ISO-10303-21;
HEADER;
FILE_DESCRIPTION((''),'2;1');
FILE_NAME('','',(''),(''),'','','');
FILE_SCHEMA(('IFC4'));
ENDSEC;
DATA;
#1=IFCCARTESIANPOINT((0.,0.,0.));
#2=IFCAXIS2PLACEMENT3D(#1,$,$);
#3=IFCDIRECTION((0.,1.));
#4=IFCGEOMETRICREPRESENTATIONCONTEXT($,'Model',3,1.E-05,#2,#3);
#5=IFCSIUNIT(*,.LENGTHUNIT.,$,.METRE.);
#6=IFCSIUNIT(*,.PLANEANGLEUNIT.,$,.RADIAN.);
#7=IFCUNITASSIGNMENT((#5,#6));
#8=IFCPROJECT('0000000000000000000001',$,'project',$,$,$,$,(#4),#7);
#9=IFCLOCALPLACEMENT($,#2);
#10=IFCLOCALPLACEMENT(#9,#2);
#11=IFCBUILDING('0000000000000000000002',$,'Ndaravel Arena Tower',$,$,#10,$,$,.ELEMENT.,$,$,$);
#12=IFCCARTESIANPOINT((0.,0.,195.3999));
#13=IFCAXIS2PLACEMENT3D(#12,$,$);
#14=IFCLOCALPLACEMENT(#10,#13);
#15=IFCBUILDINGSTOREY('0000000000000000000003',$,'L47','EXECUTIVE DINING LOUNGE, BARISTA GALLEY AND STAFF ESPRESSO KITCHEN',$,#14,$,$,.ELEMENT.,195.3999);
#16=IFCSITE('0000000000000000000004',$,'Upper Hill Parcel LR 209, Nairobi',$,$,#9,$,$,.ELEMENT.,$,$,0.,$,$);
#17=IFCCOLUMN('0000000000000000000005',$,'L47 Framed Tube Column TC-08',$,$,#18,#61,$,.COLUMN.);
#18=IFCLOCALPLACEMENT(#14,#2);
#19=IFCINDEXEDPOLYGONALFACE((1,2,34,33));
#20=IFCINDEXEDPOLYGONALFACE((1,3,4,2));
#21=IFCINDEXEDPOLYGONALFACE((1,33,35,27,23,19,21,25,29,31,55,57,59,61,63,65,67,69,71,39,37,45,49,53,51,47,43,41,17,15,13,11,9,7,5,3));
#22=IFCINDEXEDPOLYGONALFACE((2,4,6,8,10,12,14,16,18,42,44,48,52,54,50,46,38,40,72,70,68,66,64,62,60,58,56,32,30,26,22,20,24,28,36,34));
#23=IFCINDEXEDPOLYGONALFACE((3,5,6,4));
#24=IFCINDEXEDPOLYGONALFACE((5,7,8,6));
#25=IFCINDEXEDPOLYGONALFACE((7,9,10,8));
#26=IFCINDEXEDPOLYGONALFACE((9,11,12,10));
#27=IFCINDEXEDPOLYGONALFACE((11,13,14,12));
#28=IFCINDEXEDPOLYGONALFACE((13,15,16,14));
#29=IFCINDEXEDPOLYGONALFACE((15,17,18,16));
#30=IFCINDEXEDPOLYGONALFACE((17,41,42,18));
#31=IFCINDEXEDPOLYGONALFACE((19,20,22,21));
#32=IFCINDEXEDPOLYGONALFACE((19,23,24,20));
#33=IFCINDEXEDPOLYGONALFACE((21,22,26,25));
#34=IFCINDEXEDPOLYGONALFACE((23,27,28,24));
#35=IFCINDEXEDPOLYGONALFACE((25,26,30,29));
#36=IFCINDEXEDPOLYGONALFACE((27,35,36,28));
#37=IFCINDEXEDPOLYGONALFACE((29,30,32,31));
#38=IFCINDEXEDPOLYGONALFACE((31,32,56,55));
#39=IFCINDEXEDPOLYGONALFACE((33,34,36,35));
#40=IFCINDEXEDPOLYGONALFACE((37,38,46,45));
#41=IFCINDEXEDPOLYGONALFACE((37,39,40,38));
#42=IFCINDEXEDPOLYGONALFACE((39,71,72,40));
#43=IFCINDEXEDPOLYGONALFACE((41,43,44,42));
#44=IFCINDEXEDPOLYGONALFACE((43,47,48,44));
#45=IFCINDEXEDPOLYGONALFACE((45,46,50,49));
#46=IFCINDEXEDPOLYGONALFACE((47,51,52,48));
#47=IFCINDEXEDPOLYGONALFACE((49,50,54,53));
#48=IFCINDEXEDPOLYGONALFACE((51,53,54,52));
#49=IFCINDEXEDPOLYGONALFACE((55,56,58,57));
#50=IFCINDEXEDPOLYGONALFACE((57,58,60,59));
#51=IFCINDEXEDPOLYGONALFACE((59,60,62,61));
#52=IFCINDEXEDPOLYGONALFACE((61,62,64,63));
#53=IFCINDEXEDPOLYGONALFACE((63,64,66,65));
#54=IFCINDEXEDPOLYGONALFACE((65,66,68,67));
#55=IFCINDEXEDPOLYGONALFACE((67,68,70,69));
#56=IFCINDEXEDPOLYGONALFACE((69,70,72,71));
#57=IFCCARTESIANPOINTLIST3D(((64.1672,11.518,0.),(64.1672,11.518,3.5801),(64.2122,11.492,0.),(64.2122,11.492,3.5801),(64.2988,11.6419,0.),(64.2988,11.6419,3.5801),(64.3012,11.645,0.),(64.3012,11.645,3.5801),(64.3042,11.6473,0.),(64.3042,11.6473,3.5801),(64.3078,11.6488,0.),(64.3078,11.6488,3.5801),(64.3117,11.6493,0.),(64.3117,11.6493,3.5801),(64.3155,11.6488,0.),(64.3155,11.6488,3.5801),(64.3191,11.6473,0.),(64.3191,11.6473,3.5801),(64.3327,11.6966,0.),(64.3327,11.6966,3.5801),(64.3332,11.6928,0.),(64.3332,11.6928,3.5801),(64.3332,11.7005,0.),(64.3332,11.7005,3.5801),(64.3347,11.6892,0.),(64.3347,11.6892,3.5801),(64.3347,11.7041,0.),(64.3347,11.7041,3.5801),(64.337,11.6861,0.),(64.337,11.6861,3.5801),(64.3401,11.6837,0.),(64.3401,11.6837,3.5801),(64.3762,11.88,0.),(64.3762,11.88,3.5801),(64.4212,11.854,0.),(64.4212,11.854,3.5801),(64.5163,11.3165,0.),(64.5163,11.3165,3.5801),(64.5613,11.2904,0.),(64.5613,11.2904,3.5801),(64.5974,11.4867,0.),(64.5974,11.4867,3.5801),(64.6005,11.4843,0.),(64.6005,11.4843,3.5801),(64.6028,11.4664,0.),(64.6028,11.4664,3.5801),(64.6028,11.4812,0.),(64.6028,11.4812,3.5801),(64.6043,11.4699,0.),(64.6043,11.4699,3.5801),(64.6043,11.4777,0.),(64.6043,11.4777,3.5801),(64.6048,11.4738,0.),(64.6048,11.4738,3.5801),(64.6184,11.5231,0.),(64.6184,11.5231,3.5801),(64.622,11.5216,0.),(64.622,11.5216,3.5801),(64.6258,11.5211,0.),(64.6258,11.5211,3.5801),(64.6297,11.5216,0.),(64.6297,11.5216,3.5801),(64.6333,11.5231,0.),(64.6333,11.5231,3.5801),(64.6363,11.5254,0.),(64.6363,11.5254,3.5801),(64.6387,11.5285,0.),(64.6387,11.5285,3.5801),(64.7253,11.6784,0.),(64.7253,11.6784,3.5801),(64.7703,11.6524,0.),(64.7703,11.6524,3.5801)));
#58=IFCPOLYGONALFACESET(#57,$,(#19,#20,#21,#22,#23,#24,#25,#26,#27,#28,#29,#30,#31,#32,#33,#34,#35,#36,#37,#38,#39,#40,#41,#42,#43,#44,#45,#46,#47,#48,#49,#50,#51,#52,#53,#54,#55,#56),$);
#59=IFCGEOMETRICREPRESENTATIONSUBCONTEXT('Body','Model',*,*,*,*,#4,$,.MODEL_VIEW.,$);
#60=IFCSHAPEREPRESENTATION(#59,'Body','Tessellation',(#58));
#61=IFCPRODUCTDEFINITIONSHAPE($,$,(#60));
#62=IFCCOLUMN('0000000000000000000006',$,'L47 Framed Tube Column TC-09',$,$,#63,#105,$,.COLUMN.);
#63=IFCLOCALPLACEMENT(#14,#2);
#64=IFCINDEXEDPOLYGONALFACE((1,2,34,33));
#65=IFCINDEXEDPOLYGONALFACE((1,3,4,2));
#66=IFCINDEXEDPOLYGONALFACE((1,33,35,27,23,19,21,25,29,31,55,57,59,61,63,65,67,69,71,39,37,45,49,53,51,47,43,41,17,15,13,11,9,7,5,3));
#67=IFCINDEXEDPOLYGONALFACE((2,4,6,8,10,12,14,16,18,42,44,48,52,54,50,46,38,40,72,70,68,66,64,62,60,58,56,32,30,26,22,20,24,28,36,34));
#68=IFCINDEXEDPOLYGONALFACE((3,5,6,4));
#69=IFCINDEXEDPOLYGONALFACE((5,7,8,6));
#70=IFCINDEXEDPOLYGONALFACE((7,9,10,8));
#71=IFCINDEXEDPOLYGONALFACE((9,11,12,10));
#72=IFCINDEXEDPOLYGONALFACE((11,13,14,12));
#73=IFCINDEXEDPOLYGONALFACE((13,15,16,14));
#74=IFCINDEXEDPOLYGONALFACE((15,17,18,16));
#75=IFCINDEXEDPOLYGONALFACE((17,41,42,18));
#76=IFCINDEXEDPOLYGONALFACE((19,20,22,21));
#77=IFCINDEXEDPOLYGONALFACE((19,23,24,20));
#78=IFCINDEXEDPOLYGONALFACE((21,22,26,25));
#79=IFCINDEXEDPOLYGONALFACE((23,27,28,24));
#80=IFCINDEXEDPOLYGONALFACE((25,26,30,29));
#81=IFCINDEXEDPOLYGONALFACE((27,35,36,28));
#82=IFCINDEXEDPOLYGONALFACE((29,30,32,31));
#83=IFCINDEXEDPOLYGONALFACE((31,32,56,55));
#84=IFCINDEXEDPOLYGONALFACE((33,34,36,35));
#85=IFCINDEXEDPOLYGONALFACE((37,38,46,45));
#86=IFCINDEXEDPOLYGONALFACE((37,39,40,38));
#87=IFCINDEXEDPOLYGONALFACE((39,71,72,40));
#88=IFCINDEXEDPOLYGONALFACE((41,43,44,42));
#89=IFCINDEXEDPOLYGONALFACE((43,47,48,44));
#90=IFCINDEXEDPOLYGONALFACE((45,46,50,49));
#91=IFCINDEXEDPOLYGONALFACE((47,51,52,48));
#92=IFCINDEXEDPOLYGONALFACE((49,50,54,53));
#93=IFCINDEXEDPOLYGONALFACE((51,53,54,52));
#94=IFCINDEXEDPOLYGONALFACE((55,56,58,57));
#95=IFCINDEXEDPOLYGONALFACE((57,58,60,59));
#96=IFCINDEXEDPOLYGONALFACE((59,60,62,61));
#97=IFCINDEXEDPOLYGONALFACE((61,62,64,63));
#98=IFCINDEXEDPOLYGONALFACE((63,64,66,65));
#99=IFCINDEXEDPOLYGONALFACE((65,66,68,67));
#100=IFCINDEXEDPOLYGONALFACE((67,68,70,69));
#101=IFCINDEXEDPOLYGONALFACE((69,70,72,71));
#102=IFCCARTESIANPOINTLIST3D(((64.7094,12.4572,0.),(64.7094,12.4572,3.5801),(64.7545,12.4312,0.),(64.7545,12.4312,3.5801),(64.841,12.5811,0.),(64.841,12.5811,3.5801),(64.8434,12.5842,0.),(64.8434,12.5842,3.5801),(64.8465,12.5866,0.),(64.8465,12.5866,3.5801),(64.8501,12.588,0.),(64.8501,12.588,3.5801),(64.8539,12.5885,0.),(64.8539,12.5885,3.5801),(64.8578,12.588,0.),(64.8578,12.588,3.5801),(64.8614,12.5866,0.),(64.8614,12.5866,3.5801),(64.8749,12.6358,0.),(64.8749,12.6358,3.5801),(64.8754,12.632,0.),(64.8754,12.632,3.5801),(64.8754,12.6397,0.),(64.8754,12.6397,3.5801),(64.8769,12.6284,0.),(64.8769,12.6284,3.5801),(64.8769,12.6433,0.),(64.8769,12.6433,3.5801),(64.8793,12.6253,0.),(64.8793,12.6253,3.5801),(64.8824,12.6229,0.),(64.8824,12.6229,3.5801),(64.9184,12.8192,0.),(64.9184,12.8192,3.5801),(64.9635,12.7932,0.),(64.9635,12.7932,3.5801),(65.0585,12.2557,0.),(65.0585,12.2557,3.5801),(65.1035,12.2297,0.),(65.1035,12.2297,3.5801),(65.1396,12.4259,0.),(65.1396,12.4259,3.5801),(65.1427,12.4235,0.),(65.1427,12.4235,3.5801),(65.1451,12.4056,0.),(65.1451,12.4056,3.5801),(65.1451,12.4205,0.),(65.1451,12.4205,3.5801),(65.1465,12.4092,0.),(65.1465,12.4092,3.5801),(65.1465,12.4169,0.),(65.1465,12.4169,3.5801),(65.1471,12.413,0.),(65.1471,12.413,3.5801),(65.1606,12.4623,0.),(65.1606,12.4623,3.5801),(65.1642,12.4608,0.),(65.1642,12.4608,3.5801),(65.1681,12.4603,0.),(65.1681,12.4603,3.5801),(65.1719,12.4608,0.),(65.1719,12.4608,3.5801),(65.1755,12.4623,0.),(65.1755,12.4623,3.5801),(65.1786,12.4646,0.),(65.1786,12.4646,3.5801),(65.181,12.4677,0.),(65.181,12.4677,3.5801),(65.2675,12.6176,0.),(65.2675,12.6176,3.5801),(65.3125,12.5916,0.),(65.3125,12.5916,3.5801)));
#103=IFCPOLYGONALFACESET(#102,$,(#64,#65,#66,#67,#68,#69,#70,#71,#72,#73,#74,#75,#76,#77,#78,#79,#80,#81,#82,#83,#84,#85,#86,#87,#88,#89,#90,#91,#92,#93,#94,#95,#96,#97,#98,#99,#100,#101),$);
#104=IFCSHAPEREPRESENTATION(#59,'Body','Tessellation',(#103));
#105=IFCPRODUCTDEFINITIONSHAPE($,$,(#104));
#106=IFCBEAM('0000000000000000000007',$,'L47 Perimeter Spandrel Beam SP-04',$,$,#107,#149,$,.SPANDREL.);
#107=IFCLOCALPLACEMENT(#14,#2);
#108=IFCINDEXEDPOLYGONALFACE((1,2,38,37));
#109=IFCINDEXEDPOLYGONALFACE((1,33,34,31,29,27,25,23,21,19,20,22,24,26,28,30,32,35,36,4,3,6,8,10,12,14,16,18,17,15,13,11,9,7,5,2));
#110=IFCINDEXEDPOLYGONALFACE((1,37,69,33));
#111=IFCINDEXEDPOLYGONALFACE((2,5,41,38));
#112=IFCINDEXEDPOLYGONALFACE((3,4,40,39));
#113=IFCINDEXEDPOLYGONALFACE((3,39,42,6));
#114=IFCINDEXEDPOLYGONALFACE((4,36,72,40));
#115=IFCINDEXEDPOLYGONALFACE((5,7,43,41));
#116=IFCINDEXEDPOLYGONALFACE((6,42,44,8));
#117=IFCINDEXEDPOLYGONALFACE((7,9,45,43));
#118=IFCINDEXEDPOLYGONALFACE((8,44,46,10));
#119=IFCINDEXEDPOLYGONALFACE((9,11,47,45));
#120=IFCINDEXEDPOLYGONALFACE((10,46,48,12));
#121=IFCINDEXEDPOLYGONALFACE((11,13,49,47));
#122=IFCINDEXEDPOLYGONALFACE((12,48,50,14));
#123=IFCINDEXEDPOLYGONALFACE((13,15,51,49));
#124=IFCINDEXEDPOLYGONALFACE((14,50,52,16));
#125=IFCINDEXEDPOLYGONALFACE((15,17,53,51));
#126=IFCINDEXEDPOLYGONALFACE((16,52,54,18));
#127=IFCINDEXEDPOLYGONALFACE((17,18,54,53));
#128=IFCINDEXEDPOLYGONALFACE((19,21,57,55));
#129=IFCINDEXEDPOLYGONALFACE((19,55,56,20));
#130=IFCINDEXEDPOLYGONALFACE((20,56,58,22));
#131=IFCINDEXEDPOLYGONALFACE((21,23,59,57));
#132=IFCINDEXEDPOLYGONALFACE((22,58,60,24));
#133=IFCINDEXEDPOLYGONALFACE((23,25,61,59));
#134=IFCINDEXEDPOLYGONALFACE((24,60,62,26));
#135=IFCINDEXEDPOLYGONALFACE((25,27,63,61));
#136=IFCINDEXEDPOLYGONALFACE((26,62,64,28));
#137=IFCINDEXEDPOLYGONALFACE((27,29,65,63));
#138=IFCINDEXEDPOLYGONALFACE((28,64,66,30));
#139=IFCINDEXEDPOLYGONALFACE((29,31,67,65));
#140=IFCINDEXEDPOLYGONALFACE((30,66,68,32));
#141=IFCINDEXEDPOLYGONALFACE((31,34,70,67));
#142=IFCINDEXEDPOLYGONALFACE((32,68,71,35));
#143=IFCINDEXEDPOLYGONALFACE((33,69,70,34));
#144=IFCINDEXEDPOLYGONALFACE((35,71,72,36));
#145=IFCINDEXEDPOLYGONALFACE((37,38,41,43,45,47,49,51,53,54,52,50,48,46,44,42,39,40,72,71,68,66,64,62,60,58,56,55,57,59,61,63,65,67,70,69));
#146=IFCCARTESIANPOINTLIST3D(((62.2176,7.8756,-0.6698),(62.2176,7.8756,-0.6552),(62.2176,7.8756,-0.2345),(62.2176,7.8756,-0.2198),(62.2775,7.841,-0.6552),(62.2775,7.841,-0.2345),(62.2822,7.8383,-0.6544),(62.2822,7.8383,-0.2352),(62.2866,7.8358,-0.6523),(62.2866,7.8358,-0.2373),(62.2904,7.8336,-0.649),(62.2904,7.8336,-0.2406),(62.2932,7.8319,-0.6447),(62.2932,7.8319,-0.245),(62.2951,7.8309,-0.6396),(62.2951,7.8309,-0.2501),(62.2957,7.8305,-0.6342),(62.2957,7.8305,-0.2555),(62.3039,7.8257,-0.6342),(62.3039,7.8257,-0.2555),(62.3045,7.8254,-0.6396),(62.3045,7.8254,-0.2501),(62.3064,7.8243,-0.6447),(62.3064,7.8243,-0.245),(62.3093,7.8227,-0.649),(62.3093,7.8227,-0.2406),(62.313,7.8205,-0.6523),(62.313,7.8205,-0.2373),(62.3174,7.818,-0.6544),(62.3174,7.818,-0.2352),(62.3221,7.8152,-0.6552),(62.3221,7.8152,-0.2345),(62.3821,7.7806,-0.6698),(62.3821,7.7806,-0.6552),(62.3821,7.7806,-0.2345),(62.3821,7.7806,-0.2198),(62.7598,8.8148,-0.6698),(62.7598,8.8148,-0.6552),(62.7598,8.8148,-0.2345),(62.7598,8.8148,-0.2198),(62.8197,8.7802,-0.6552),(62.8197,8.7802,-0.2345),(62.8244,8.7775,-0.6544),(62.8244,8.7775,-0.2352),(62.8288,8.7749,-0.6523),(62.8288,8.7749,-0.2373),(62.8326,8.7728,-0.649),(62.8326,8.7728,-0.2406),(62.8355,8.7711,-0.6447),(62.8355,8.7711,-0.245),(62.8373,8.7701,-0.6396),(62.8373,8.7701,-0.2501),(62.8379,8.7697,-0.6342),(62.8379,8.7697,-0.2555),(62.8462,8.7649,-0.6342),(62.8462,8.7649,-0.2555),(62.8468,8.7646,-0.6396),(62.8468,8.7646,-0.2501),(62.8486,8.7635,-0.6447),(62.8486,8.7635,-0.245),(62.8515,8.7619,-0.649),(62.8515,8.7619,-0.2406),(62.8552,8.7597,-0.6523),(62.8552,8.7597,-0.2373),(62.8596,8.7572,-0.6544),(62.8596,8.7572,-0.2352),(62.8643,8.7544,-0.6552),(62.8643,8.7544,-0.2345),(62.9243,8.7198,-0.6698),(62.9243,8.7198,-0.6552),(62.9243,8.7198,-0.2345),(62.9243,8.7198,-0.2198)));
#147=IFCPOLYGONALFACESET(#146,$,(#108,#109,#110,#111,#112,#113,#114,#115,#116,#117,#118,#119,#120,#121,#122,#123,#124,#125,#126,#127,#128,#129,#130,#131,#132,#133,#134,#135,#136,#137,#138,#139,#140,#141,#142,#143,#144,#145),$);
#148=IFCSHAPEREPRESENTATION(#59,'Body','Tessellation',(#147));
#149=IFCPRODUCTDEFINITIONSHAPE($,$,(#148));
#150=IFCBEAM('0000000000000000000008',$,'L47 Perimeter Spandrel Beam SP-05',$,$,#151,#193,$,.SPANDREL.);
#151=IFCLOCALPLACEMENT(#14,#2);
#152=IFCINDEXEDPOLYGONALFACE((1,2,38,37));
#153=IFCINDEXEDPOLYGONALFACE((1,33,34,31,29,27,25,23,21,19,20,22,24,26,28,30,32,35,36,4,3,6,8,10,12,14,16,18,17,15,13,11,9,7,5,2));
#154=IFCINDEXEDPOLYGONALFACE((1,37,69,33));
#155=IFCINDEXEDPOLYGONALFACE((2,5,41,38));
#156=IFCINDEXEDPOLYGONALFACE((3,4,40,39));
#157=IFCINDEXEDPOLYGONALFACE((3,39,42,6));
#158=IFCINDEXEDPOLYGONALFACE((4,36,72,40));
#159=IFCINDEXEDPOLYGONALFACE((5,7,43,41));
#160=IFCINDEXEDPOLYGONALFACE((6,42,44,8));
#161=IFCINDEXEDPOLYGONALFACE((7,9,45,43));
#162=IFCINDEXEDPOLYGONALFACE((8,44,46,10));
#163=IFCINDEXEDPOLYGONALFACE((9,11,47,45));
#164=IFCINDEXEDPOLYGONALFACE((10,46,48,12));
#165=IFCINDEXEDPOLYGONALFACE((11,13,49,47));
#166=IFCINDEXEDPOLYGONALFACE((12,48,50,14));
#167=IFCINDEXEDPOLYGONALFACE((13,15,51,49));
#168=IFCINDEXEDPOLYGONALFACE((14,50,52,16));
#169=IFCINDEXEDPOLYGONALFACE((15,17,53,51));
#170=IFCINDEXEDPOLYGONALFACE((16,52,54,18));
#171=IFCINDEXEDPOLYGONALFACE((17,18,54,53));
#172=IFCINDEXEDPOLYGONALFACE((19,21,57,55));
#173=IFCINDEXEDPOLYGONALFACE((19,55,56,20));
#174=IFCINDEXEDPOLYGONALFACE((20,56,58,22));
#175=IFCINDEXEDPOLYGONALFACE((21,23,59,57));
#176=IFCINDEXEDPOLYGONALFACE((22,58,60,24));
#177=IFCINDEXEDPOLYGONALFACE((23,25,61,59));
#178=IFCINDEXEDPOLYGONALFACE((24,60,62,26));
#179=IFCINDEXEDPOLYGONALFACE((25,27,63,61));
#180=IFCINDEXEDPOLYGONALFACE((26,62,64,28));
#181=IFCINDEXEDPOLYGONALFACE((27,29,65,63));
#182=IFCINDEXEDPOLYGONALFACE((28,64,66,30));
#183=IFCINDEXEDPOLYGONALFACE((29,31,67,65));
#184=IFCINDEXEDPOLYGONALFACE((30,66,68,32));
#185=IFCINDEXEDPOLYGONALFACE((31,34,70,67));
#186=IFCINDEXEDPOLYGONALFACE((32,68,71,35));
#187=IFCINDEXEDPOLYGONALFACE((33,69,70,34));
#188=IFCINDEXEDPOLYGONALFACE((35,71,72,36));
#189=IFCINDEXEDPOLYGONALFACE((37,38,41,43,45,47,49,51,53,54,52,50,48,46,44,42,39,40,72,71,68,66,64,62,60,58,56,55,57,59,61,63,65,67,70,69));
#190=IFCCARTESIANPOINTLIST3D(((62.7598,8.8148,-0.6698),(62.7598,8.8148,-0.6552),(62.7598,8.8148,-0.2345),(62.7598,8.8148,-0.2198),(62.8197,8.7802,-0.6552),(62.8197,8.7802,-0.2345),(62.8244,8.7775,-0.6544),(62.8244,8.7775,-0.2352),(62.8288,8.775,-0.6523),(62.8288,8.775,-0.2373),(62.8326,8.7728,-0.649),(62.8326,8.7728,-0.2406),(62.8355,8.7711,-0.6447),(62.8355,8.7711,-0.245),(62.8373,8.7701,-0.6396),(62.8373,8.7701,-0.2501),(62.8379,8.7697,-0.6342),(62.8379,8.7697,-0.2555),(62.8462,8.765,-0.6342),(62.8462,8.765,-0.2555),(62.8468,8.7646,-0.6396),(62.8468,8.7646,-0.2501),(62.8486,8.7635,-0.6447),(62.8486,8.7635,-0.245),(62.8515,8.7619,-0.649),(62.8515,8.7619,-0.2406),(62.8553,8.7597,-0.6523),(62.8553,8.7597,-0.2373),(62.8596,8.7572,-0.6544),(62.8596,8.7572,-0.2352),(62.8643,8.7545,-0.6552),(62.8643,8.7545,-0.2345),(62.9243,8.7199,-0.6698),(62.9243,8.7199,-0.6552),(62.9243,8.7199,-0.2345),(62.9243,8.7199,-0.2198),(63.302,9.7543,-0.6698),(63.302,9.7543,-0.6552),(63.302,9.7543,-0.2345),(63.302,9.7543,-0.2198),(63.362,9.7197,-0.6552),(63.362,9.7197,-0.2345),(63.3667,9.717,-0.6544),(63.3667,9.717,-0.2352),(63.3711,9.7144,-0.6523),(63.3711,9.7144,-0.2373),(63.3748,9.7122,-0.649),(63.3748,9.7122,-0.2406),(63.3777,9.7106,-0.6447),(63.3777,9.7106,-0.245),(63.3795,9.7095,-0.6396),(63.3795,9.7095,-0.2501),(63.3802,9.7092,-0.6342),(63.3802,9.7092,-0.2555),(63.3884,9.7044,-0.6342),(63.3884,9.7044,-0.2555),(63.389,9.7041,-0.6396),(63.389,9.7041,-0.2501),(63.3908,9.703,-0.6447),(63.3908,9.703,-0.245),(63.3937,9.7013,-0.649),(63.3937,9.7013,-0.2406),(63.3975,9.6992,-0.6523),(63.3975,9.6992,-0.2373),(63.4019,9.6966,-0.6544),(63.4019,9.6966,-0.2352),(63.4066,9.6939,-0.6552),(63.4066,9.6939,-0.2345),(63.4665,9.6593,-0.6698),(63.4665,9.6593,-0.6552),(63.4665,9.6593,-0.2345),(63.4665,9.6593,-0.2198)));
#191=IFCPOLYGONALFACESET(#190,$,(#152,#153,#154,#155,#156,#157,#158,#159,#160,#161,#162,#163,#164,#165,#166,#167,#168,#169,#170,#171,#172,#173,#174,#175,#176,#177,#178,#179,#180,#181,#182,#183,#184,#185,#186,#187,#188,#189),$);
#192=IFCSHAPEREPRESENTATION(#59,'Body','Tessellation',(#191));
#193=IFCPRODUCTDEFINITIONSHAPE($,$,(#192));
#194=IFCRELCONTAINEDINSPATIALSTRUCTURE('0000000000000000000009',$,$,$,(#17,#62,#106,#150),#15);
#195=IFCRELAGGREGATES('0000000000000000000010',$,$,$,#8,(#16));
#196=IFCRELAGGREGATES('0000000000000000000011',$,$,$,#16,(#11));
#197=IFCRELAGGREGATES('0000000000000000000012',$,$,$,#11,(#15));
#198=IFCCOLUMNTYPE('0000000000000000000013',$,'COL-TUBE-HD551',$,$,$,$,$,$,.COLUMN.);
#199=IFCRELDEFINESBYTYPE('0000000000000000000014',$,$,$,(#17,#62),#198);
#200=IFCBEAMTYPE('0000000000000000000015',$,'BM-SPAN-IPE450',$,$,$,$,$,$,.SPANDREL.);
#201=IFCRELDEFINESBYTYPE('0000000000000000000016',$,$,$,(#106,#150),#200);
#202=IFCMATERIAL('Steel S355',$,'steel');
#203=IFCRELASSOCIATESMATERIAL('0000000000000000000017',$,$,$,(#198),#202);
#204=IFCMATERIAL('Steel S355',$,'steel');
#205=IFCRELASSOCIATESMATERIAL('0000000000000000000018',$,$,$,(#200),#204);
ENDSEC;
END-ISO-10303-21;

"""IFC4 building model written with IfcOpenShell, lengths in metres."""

from ifc_helpers import new_model, si_unit, direction, frame, origin, origin_2d, place, context, subcontext, project, spatial, i_section, extrude, material, material_profile, profile_set, type_object, element, save


model = new_model("IFC4")

# Units and contexts
model_context = context("Model", 3, precision=1e-05, world=origin(), true_north=direction((0.0, 1.0)))
body_context = subcontext(model_context, "Body", "Model", "MODEL_VIEW")
ifc_project = project(units=[si_unit("LENGTHUNIT", "METRE"), si_unit("PLANEANGLEUNIT", "RADIAN")], contexts=[model_context])

# Site, building, storey
site_placement = place(None, origin())
site = spatial("IfcSite", under=ifc_project, at=site_placement, Name="Upper Hill Parcel LR 209, Nairobi", CompositionType="ELEMENT", RefElevation=0.0)
building_placement = place(site_placement, origin())
building = spatial("IfcBuilding", under=site, at=building_placement, Name="Ndaravel Arena Tower", CompositionType="ELEMENT")
storey_placement = place(building_placement, frame((0.0, 0.0, 195.3999)))
storey = spatial("IfcBuildingStorey", under=building, at=storey_placement, Name="L47", Description="EXECUTIVE DINING LOUNGE, BARISTA GALLEY AND STAFF ESPRESSO KITCHEN", CompositionType="ELEMENT", Elevation=195.3999)

# Columns
ifc_material_1 = material(Name="Steel S355", Category="steel")
ifc_material_profile_1 = material_profile(ifc_material_1, i_section(OverallWidth=0.418, OverallDepth=0.4551, WebThickness=0.042, FlangeThickness=0.052, FilletRadius=0.0149, at=origin_2d()), Name="HD 400x551")
ifc_profile_set_1 = profile_set([ifc_material_profile_1], Name="Steel S355")
column_type = type_object("IfcColumnType", Name="COL-TUBE-HD551", PredefinedType="COLUMN", material=ifc_profile_set_1)
for number, where, z_axis, x_axis, name in (
    (1, (64.4688, 11.5852, 0.0), (0.0, 0.0, 1.0), (0.5, 0.866025, 0.0), "L47 Framed Tube Column TC-08"),
    (2, (65.011, 12.5244, 0.0), (0.0, 0.0, 1.0), (0.5, 0.866025, 0.0), "L47 Framed Tube Column TC-09"),
):
    element("IfcColumn", number, at=place(storey_placement, frame(where, z_axis=z_axis, x_axis=x_axis)), inside=storey, type_object=column_type, Name=name, PredefinedType="COLUMN", context=body_context, shape_type="SweptSolid", body=[
        extrude(i_section(OverallWidth=0.418, OverallDepth=0.4551, WebThickness=0.042, FlangeThickness=0.052, FilletRadius=0.0149, at=origin_2d()), origin(), (0.0, 0.0, 1.0), 3.5801),
    ])

# Beams
ifc_material_2 = material(Name="Steel S355", Category="steel")
ifc_material_profile_2 = material_profile(ifc_material_2, i_section(OverallWidth=0.1899, OverallDepth=0.45, WebThickness=0.0095, FlangeThickness=0.0146, FilletRadius=0.021, at=origin_2d()), Name="IPE 450")
ifc_profile_set_2 = profile_set([ifc_material_profile_2], Name="Steel S355")
beam_type = type_object("IfcBeamType", Name="BM-SPAN-IPE450", PredefinedType="SPANDREL", material=ifc_profile_set_2)
beam_1_placement = place(storey_placement, frame((62.2998, 7.8281, -0.4448), z_axis=(0.499989, 0.866032, 0.0), x_axis=(-0.866032, 0.499989, 0.0)))
element("IfcBeam", 3, at=beam_1_placement, inside=storey, type_object=beam_type, Name="L47 Perimeter Spandrel Beam SP-04", PredefinedType="SPANDREL", context=body_context, shape_type="SweptSolid", body=[
    extrude(i_section(OverallWidth=0.1899, OverallDepth=0.45, WebThickness=0.0095, FlangeThickness=0.0146, FilletRadius=0.021, at=origin_2d()), origin(), (0.0, 0.0, 1.0), 1.0845),
])
beam_2_placement = place(storey_placement, frame((62.842, 8.7673, -0.4448), z_axis=(0.499891, 0.866088, 0.0), x_axis=(-0.866088, 0.499891, 0.0)))
element("IfcBeam", 4, at=beam_2_placement, inside=storey, type_object=beam_type, Name="L47 Perimeter Spandrel Beam SP-05", PredefinedType="SPANDREL", context=body_context, shape_type="SweptSolid", body=[
    extrude(i_section(OverallWidth=0.1899, OverallDepth=0.45, WebThickness=0.0095, FlangeThickness=0.0146, FilletRadius=0.021, at=origin_2d()), origin(), (0.0, 0.0, 1.0), 1.0847),
])

save(model, "model.ifc")
